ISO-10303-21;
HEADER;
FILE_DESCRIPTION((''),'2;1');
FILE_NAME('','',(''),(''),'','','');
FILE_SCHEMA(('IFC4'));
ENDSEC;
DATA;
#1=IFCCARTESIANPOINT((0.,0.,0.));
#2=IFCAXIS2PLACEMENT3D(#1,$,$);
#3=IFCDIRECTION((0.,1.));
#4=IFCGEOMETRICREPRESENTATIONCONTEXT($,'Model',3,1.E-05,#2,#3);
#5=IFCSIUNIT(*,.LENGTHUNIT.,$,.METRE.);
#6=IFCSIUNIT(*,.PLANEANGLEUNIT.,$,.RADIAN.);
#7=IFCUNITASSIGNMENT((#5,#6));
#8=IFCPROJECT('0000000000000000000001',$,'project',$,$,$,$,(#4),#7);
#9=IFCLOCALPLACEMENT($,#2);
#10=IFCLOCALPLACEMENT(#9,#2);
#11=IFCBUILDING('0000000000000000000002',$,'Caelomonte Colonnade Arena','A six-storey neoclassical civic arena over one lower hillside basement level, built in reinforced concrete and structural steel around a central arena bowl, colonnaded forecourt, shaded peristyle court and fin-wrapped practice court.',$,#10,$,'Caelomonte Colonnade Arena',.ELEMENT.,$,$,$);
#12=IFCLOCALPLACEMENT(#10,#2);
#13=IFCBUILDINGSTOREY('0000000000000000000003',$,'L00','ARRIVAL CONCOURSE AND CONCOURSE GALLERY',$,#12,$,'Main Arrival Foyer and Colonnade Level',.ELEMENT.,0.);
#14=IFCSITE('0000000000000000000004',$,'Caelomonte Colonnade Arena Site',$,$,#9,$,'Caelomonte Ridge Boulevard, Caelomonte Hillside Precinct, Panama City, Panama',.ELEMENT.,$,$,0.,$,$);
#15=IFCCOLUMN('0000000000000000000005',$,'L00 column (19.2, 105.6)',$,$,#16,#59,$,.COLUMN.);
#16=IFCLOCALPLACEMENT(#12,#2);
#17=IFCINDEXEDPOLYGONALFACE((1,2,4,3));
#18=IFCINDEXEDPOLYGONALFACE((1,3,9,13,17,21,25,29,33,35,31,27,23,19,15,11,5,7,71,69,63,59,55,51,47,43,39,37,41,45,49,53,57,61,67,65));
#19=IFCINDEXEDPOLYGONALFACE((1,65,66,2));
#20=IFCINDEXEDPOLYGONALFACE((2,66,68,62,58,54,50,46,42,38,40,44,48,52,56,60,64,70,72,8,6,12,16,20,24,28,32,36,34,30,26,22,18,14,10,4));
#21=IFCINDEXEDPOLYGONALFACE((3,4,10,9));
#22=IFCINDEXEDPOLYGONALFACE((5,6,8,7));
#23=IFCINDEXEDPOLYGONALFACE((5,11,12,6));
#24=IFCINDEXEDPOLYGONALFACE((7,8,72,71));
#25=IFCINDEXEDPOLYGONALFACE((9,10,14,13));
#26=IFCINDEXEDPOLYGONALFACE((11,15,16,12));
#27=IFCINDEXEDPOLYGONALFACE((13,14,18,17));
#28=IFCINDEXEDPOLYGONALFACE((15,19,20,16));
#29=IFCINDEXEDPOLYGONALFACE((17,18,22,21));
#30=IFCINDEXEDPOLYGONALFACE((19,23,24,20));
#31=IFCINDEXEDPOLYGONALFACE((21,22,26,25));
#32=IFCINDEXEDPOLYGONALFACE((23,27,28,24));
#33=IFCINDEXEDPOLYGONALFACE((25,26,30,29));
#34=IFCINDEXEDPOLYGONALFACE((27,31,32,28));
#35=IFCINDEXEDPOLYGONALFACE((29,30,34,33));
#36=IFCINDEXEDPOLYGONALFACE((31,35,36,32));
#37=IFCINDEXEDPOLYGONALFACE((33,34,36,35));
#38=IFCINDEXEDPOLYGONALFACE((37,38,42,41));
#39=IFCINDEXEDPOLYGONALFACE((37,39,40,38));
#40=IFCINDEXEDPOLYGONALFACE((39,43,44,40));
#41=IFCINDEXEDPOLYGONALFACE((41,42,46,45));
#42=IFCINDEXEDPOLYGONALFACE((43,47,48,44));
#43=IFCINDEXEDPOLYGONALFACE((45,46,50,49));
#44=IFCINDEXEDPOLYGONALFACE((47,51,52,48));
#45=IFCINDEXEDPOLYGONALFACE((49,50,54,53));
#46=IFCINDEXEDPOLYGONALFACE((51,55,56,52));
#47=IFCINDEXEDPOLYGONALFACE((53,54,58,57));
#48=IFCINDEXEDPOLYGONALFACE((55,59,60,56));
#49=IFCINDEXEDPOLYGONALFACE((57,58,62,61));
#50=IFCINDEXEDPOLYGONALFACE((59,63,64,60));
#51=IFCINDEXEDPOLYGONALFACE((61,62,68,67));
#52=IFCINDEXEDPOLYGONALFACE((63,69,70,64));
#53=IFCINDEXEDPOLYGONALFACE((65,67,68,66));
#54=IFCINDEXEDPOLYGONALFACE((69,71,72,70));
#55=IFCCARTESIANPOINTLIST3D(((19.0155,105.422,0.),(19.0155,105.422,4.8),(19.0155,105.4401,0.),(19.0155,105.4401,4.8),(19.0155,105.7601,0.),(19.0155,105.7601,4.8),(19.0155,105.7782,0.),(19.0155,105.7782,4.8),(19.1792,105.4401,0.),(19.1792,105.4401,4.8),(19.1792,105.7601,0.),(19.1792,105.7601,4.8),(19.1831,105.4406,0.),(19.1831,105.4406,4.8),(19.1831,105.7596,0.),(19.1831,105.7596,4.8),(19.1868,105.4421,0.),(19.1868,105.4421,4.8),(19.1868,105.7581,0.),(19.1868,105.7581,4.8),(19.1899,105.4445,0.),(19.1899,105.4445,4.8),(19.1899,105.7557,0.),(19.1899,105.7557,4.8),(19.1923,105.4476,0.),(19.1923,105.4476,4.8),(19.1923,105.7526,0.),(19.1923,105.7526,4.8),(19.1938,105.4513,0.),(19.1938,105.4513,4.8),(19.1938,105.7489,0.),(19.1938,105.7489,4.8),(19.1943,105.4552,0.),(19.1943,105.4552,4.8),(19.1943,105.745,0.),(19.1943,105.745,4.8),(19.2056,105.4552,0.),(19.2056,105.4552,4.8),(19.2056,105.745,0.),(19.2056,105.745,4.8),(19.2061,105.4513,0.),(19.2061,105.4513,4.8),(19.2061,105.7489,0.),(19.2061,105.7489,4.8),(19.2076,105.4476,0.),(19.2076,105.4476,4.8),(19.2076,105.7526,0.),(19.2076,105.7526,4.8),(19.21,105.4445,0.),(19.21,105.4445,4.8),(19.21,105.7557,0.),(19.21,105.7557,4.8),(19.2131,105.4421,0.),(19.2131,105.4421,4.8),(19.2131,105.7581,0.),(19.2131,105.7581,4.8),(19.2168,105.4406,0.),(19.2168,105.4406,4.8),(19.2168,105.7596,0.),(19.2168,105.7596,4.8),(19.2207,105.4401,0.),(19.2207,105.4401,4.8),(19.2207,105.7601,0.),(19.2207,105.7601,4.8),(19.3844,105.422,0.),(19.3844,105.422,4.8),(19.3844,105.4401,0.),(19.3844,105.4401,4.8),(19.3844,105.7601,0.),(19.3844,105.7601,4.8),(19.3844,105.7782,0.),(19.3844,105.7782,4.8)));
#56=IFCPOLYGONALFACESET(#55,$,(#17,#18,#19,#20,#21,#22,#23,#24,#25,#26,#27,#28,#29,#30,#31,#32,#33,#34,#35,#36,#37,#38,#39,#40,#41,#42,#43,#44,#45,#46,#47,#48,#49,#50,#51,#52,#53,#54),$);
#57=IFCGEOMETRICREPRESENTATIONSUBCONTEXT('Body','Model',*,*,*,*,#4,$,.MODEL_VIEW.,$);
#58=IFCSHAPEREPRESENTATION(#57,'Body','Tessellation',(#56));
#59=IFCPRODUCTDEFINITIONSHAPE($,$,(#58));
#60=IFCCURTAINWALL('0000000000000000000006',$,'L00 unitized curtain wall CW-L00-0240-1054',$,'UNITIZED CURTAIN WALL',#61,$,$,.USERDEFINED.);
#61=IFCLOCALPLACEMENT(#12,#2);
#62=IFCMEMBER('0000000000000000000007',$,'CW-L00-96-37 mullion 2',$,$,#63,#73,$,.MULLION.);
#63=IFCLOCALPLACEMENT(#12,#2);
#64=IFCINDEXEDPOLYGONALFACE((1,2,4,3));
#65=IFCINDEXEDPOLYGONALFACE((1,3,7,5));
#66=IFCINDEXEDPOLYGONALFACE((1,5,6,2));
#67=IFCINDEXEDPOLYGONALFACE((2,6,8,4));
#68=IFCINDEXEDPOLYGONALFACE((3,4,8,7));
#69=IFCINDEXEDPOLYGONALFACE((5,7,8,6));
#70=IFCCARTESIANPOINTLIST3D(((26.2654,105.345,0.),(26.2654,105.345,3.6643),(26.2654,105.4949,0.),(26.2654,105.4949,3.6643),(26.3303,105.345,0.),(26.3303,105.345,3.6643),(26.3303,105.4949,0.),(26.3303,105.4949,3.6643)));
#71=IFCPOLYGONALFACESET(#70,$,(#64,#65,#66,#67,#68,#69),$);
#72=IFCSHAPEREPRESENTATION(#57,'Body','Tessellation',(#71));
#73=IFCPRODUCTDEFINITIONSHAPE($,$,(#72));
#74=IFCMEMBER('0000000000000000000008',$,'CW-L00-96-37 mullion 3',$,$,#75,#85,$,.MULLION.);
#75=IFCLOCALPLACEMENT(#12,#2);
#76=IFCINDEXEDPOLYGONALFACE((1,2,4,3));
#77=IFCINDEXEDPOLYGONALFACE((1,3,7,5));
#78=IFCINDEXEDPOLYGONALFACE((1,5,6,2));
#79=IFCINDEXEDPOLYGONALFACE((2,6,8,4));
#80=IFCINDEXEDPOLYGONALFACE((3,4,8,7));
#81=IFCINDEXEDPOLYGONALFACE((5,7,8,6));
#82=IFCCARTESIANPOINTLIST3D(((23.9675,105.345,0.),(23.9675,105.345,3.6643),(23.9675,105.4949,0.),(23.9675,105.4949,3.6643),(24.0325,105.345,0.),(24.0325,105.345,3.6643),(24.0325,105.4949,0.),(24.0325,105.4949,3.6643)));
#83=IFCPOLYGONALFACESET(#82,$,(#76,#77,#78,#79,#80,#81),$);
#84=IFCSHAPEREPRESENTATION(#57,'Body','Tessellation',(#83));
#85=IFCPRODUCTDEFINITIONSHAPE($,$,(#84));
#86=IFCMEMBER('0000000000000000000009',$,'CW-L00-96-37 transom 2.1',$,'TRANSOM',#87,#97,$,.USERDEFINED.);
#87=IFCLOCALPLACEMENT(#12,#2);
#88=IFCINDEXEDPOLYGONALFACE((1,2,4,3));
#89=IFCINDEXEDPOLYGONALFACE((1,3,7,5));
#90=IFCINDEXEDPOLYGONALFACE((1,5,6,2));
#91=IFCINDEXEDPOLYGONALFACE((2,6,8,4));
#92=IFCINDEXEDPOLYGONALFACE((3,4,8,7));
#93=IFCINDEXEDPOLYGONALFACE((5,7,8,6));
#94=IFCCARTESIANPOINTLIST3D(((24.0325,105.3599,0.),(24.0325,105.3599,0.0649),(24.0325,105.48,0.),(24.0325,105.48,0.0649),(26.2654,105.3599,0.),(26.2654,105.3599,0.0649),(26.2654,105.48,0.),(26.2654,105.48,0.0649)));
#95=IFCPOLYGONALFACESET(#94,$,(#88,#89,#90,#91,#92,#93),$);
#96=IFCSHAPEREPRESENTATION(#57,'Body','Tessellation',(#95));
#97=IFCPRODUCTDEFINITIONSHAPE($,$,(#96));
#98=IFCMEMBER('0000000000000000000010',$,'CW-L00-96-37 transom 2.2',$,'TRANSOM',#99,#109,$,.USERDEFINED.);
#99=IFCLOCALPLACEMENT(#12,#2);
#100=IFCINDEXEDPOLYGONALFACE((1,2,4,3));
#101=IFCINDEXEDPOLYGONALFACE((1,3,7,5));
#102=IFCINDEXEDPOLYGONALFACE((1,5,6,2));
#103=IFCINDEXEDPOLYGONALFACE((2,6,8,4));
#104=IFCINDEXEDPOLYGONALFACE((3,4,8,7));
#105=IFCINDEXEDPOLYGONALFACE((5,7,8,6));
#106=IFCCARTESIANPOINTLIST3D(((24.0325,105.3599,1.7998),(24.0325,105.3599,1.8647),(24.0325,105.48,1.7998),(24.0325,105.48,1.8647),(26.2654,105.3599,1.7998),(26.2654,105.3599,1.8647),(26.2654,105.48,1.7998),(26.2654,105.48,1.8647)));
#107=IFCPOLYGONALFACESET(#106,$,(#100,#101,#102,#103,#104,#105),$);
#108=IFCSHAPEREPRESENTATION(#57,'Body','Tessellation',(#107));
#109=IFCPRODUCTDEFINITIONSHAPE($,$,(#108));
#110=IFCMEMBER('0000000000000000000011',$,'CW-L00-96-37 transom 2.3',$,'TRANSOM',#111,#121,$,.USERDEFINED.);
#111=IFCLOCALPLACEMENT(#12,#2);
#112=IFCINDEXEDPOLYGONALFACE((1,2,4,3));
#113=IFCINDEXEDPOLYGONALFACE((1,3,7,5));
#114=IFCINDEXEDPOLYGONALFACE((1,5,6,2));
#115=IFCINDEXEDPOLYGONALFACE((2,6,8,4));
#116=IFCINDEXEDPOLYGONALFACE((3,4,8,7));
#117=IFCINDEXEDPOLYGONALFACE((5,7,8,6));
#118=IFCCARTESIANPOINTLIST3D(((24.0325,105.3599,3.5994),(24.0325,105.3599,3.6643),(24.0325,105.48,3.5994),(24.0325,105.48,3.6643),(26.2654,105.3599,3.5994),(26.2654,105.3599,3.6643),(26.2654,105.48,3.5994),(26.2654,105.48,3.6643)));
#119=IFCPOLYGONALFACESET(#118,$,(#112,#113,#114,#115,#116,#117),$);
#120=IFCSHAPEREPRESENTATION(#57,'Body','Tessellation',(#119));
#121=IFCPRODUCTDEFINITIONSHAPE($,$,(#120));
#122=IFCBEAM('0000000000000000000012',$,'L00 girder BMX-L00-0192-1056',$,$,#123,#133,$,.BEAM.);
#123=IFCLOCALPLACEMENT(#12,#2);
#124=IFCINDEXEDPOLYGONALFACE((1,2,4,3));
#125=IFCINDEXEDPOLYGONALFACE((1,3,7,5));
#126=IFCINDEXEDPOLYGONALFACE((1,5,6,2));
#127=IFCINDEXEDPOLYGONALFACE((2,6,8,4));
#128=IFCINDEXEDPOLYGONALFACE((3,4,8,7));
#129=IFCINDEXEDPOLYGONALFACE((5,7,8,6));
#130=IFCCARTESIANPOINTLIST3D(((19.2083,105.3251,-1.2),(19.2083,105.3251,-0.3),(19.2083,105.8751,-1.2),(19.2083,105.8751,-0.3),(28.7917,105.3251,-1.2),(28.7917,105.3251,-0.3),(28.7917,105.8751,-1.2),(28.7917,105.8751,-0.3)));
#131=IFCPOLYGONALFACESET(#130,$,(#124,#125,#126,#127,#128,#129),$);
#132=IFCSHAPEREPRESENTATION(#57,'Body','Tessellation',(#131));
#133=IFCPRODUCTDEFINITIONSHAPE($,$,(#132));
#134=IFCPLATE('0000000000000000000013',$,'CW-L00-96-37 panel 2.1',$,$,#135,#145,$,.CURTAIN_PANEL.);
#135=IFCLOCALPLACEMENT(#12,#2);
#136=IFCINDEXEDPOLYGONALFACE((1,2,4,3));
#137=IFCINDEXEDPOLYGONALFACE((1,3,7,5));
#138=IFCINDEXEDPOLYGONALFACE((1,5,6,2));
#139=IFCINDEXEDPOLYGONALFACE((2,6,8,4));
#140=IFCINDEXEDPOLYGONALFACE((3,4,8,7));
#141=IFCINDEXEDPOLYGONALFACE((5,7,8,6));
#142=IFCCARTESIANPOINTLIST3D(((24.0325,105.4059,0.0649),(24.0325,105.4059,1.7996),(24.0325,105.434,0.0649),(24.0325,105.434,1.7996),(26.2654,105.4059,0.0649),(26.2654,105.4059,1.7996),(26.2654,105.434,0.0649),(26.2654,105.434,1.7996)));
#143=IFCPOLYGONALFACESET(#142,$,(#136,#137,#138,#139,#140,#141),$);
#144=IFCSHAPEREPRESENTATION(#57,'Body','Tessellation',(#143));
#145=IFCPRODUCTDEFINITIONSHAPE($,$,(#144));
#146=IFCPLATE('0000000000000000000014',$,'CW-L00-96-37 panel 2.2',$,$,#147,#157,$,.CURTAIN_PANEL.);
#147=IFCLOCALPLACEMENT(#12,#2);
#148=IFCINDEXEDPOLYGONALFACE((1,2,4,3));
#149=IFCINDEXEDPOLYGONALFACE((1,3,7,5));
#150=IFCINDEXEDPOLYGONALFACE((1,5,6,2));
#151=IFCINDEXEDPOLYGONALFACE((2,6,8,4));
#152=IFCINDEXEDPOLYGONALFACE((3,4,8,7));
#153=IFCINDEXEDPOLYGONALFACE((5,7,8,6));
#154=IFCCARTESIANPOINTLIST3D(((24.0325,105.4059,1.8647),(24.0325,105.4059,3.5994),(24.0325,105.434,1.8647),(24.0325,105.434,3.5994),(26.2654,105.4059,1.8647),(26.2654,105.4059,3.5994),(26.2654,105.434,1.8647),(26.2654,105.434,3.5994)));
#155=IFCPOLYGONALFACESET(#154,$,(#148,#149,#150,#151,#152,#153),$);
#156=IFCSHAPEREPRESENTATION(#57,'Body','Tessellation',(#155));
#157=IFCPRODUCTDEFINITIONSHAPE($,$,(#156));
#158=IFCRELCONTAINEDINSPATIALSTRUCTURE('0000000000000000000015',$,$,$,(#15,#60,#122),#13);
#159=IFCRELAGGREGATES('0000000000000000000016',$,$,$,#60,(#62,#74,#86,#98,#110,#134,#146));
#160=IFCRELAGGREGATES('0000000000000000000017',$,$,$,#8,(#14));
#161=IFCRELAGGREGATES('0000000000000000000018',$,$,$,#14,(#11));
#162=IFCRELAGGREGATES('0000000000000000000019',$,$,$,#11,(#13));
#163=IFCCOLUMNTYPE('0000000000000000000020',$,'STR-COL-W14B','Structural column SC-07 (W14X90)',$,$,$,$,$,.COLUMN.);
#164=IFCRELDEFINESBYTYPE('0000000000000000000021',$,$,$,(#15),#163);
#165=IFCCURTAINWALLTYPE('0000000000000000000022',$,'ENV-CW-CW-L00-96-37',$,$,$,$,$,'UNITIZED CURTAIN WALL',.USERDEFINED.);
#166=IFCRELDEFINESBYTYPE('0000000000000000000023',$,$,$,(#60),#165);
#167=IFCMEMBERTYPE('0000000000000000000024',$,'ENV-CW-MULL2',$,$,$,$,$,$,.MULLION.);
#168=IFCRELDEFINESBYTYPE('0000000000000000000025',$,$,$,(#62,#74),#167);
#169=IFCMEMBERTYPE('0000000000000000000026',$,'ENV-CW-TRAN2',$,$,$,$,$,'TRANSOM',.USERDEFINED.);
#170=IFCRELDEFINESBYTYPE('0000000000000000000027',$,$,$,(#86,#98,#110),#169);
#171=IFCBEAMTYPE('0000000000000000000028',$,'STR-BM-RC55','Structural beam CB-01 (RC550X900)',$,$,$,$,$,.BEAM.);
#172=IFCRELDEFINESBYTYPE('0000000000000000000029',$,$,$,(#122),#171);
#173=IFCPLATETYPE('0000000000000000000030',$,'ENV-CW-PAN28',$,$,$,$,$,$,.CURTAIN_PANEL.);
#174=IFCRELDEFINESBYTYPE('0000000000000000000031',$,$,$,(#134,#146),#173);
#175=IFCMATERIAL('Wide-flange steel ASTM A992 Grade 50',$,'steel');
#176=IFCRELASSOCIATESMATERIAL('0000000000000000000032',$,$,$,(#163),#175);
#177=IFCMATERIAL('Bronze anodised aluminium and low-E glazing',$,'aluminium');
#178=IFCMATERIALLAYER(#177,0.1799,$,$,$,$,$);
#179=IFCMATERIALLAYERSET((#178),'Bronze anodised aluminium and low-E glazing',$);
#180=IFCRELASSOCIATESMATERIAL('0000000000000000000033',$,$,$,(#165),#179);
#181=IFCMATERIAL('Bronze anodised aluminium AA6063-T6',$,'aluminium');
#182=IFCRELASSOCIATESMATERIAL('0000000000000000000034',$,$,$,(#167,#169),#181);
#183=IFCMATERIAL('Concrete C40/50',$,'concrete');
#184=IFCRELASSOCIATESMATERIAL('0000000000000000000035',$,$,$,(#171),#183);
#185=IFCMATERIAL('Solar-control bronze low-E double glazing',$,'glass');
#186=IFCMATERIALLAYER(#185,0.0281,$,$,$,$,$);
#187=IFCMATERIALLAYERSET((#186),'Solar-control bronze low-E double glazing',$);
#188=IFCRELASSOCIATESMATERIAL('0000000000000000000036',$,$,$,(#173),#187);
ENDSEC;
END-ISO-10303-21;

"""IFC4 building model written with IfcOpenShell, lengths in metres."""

from ifc_helpers import new_model, si_unit, direction, frame, origin, origin_2d, place, context, subcontext, project, spatial, rectangle, i_section, extrude, material, layer, layer_set, material_profile, profile_set, type_object, element, aggregate, save


model = new_model("IFC4")

# Units and contexts
model_context = context("Model", 3, precision=1e-05, world=origin(), true_north=direction((0.0, 1.0)))
body_context = subcontext(model_context, "Body", "Model", "MODEL_VIEW")
ifc_project = project(units=[si_unit("LENGTHUNIT", "METRE"), si_unit("PLANEANGLEUNIT", "RADIAN")], contexts=[model_context])

# Site, building, storey
site_placement = place(None, origin())
site = spatial("IfcSite", under=ifc_project, at=site_placement, Name="Caelomonte Colonnade Arena Site", LongName="Caelomonte Ridge Boulevard, Caelomonte Hillside Precinct, Panama City, Panama", CompositionType="ELEMENT", RefElevation=0.0)
building_placement = place(site_placement, origin())
building = spatial("IfcBuilding", under=site, at=building_placement, Name="Caelomonte Colonnade Arena", Description="A six-storey neoclassical civic arena over one lower hillside basement level, built in reinforced concrete and structural steel around a central arena bowl, colonnaded forecourt, shaded peristyle court and fin-wrapped practice court.", LongName="Caelomonte Colonnade Arena", CompositionType="ELEMENT")
storey_placement = place(building_placement, origin())
storey = spatial("IfcBuildingStorey", under=building, at=storey_placement, Name="L00", Description="ARRIVAL CONCOURSE AND CONCOURSE GALLERY", LongName="Main Arrival Foyer and Colonnade Level", CompositionType="ELEMENT", Elevation=0.0)

# Column
ifc_material_1 = material(Name="Wide-flange steel ASTM A992 Grade 50", Category="steel")
ifc_material_profile_1 = material_profile(ifc_material_1, i_section(OverallWidth=0.3689, OverallDepth=0.3562, WebThickness=0.0112, FlangeThickness=0.0181, FilletRadius=0.0151, at=origin_2d()), Name="W14X90")
ifc_profile_set_1 = profile_set([ifc_material_profile_1], Name="Wide-flange steel ASTM A992 Grade 50")
column_type = type_object("IfcColumnType", Name="STR-COL-W14B", Description="Structural column SC-07 (W14X90)", PredefinedType="COLUMN", material=ifc_profile_set_1)
column_placement = place(storey_placement, frame((19.2, 105.6001, 0.0), z_axis=(0.0, 0.0, 1.0), x_axis=(1.0, 0.0, 0.0)))
element("IfcColumn", 1, at=column_placement, inside=storey, type_object=column_type, Name="L00 column (19.2, 105.6)", PredefinedType="COLUMN", context=body_context, shape_type="SweptSolid", body=[
    extrude(i_section(OverallWidth=0.3689, OverallDepth=0.3562, WebThickness=0.0112, FlangeThickness=0.0181, FilletRadius=0.0151, at=origin_2d()), origin(), (0.0, 0.0, 1.0), 4.8),
])

# Curtain wall, members
ifc_material_2 = material(Name="Bronze anodised aluminium and low-E glazing", Category="aluminium")
ifc_layer_1 = layer(ifc_material_2, 0.1799)
ifc_layer_set_1 = layer_set([ifc_layer_1], Name="Bronze anodised aluminium and low-E glazing")
curtain_wall_type = type_object("IfcCurtainWallType", Name="ENV-CW-CW-L00-96-37", ElementType="UNITIZED CURTAIN WALL", PredefinedType="USERDEFINED", material=ifc_layer_set_1)
curtain_wall_placement = place(storey_placement, origin())
curtain_wall = element("IfcCurtainWall", 2, at=curtain_wall_placement, inside=storey, type_object=curtain_wall_type, Name="L00 unitized curtain wall CW-L00-0240-1054", ObjectType="UNITIZED CURTAIN WALL", PredefinedType="USERDEFINED")
ifc_material_3 = material(Name="Bronze anodised aluminium AA6063-T6", Category="aluminium")
ifc_material_profile_2 = material_profile(ifc_material_3, rectangle(XDim=0.0649, YDim=0.1499, at=origin_2d()), Name="CWM-65X150")
ifc_profile_set_2 = profile_set([ifc_material_profile_2], Name="Bronze anodised aluminium AA6063-T6")
member_type_1 = type_object("IfcMemberType", Name="ENV-CW-MULL2", PredefinedType="MULLION", material=ifc_profile_set_2)
member_1_placement = place(storey_placement, frame((26.2979, 105.4199, 0.0), z_axis=(0.0, 0.0, 1.0), x_axis=(-1.0, 0.0, 0.0)))
member_1 = element("IfcMember", 3, at=member_1_placement, type_object=member_type_1, Name="CW-L00-96-37 mullion 2", PredefinedType="MULLION", context=body_context, shape_type="SweptSolid", body=[
    extrude(rectangle(XDim=0.0649, YDim=0.1499, at=origin_2d()), origin(), (0.0, 0.0, 1.0), 3.6643),
])
member_2_placement = place(storey_placement, frame((24.0, 105.4199, 0.0), z_axis=(0.0, 0.0, 1.0), x_axis=(-1.0, 0.0, 0.0)))
member_2 = element("IfcMember", 4, at=member_2_placement, type_object=member_type_1, Name="CW-L00-96-37 mullion 3", PredefinedType="MULLION", context=body_context, shape_type="SweptSolid", body=[
    extrude(rectangle(XDim=0.0649, YDim=0.1499, at=origin_2d()), origin(), (0.0, 0.0, 1.0), 3.6643),
])
ifc_material_profile_3 = material_profile(ifc_material_3, rectangle(XDim=0.0649, YDim=0.1201, at=origin_2d()), Name="CWT-65X120")
ifc_profile_set_3 = profile_set([ifc_material_profile_3], Name="Bronze anodised aluminium AA6063-T6")
member_type_2 = type_object("IfcMemberType", Name="ENV-CW-TRAN2", ElementType="TRANSOM", PredefinedType="USERDEFINED", material=ifc_profile_set_3)
member_3_placement = place(storey_placement, frame((26.2654, 105.4199, 0.0325), z_axis=(-1.0, 0.0, 0.0), x_axis=(0.0, 0.0, 1.0)))
member_3 = element("IfcMember", 5, at=member_3_placement, type_object=member_type_2, Name="CW-L00-96-37 transom 2.1", ObjectType="TRANSOM", PredefinedType="USERDEFINED", context=body_context, shape_type="SweptSolid", body=[
    extrude(rectangle(XDim=0.0649, YDim=0.1201, at=origin_2d()), origin(), (0.0, 0.0, 1.0), 2.2329),
])
member_4_placement = place(storey_placement, frame((26.2654, 105.4199, 1.8323), z_axis=(-1.0, 0.0, 0.0), x_axis=(0.0, 0.0, 1.0)))
member_4 = element("IfcMember", 6, at=member_4_placement, type_object=member_type_2, Name="CW-L00-96-37 transom 2.2", ObjectType="TRANSOM", PredefinedType="USERDEFINED", context=body_context, shape_type="SweptSolid", body=[
    extrude(rectangle(XDim=0.0649, YDim=0.1201, at=origin_2d()), origin(), (0.0, 0.0, 1.0), 2.2329),
])
member_5_placement = place(storey_placement, frame((26.2654, 105.4199, 3.6318), z_axis=(-1.0, 0.0, 0.0), x_axis=(0.0, 0.0, 1.0)))
member_5 = element("IfcMember", 7, at=member_5_placement, type_object=member_type_2, Name="CW-L00-96-37 transom 2.3", ObjectType="TRANSOM", PredefinedType="USERDEFINED", context=body_context, shape_type="SweptSolid", body=[
    extrude(rectangle(XDim=0.0649, YDim=0.1201, at=origin_2d()), origin(), (0.0, 0.0, 1.0), 2.2329),
])

# Beam
ifc_material_4 = material(Name="Concrete C40/50", Category="concrete")
ifc_material_profile_4 = material_profile(ifc_material_4, rectangle(XDim=0.55, YDim=0.8999, at=origin_2d()), Name="RC550X900")
ifc_profile_set_4 = profile_set([ifc_material_profile_4], Name="Concrete C40/50")
beam_type = type_object("IfcBeamType", Name="STR-BM-RC55", Description="Structural beam CB-01 (RC550X900)", PredefinedType="BEAM", material=ifc_profile_set_4)
beam_placement = place(storey_placement, frame((19.2083, 105.6001, -0.75), z_axis=(1.0, 0.0, 0.0), x_axis=(0.0, 1.0, 0.0)))
element("IfcBeam", 8, at=beam_placement, inside=storey, type_object=beam_type, Name="L00 girder BMX-L00-0192-1056", PredefinedType="BEAM", context=body_context, shape_type="SweptSolid", body=[
    extrude(rectangle(XDim=0.55, YDim=0.8999, at=origin_2d()), origin(), (0.0, 0.0, 1.0), 9.5835),
])

# Plates
ifc_material_5 = material(Name="Solar-control bronze low-E double glazing", Category="glass")
ifc_layer_2 = layer(ifc_material_5, 0.0281)
ifc_layer_set_2 = layer_set([ifc_layer_2], Name="Solar-control bronze low-E double glazing")
plate_type = type_object("IfcPlateType", Name="ENV-CW-PAN28", PredefinedType="CURTAIN_PANEL", material=ifc_layer_set_2)
plate_1_placement = place(storey_placement, frame((25.1489, 105.4199, 0.0649), z_axis=(0.0, 0.0, 1.0), x_axis=(-1.0, 0.0, 0.0)))
plate_1 = element("IfcPlate", 9, at=plate_1_placement, type_object=plate_type, Name="CW-L00-96-37 panel 2.1", PredefinedType="CURTAIN_PANEL", context=body_context, shape_type="SweptSolid", body=[
    extrude(rectangle(XDim=2.2329, YDim=0.0281, at=origin_2d()), origin(), (0.0, 0.0, 1.0), 1.7346),
])
plate_2_placement = place(storey_placement, frame((25.1489, 105.4199, 1.8647), z_axis=(0.0, 0.0, 1.0), x_axis=(-1.0, 0.0, 0.0)))
plate_2 = element("IfcPlate", 10, at=plate_2_placement, type_object=plate_type, Name="CW-L00-96-37 panel 2.2", PredefinedType="CURTAIN_PANEL", context=body_context, shape_type="SweptSolid", body=[
    extrude(rectangle(XDim=2.2329, YDim=0.0281, at=origin_2d()), origin(), (0.0, 0.0, 1.0), 1.7346),
])
aggregate(curtain_wall, [member_1, member_2, member_3, member_4, member_5, plate_1, plate_2])

save(model, "model.ifc")
